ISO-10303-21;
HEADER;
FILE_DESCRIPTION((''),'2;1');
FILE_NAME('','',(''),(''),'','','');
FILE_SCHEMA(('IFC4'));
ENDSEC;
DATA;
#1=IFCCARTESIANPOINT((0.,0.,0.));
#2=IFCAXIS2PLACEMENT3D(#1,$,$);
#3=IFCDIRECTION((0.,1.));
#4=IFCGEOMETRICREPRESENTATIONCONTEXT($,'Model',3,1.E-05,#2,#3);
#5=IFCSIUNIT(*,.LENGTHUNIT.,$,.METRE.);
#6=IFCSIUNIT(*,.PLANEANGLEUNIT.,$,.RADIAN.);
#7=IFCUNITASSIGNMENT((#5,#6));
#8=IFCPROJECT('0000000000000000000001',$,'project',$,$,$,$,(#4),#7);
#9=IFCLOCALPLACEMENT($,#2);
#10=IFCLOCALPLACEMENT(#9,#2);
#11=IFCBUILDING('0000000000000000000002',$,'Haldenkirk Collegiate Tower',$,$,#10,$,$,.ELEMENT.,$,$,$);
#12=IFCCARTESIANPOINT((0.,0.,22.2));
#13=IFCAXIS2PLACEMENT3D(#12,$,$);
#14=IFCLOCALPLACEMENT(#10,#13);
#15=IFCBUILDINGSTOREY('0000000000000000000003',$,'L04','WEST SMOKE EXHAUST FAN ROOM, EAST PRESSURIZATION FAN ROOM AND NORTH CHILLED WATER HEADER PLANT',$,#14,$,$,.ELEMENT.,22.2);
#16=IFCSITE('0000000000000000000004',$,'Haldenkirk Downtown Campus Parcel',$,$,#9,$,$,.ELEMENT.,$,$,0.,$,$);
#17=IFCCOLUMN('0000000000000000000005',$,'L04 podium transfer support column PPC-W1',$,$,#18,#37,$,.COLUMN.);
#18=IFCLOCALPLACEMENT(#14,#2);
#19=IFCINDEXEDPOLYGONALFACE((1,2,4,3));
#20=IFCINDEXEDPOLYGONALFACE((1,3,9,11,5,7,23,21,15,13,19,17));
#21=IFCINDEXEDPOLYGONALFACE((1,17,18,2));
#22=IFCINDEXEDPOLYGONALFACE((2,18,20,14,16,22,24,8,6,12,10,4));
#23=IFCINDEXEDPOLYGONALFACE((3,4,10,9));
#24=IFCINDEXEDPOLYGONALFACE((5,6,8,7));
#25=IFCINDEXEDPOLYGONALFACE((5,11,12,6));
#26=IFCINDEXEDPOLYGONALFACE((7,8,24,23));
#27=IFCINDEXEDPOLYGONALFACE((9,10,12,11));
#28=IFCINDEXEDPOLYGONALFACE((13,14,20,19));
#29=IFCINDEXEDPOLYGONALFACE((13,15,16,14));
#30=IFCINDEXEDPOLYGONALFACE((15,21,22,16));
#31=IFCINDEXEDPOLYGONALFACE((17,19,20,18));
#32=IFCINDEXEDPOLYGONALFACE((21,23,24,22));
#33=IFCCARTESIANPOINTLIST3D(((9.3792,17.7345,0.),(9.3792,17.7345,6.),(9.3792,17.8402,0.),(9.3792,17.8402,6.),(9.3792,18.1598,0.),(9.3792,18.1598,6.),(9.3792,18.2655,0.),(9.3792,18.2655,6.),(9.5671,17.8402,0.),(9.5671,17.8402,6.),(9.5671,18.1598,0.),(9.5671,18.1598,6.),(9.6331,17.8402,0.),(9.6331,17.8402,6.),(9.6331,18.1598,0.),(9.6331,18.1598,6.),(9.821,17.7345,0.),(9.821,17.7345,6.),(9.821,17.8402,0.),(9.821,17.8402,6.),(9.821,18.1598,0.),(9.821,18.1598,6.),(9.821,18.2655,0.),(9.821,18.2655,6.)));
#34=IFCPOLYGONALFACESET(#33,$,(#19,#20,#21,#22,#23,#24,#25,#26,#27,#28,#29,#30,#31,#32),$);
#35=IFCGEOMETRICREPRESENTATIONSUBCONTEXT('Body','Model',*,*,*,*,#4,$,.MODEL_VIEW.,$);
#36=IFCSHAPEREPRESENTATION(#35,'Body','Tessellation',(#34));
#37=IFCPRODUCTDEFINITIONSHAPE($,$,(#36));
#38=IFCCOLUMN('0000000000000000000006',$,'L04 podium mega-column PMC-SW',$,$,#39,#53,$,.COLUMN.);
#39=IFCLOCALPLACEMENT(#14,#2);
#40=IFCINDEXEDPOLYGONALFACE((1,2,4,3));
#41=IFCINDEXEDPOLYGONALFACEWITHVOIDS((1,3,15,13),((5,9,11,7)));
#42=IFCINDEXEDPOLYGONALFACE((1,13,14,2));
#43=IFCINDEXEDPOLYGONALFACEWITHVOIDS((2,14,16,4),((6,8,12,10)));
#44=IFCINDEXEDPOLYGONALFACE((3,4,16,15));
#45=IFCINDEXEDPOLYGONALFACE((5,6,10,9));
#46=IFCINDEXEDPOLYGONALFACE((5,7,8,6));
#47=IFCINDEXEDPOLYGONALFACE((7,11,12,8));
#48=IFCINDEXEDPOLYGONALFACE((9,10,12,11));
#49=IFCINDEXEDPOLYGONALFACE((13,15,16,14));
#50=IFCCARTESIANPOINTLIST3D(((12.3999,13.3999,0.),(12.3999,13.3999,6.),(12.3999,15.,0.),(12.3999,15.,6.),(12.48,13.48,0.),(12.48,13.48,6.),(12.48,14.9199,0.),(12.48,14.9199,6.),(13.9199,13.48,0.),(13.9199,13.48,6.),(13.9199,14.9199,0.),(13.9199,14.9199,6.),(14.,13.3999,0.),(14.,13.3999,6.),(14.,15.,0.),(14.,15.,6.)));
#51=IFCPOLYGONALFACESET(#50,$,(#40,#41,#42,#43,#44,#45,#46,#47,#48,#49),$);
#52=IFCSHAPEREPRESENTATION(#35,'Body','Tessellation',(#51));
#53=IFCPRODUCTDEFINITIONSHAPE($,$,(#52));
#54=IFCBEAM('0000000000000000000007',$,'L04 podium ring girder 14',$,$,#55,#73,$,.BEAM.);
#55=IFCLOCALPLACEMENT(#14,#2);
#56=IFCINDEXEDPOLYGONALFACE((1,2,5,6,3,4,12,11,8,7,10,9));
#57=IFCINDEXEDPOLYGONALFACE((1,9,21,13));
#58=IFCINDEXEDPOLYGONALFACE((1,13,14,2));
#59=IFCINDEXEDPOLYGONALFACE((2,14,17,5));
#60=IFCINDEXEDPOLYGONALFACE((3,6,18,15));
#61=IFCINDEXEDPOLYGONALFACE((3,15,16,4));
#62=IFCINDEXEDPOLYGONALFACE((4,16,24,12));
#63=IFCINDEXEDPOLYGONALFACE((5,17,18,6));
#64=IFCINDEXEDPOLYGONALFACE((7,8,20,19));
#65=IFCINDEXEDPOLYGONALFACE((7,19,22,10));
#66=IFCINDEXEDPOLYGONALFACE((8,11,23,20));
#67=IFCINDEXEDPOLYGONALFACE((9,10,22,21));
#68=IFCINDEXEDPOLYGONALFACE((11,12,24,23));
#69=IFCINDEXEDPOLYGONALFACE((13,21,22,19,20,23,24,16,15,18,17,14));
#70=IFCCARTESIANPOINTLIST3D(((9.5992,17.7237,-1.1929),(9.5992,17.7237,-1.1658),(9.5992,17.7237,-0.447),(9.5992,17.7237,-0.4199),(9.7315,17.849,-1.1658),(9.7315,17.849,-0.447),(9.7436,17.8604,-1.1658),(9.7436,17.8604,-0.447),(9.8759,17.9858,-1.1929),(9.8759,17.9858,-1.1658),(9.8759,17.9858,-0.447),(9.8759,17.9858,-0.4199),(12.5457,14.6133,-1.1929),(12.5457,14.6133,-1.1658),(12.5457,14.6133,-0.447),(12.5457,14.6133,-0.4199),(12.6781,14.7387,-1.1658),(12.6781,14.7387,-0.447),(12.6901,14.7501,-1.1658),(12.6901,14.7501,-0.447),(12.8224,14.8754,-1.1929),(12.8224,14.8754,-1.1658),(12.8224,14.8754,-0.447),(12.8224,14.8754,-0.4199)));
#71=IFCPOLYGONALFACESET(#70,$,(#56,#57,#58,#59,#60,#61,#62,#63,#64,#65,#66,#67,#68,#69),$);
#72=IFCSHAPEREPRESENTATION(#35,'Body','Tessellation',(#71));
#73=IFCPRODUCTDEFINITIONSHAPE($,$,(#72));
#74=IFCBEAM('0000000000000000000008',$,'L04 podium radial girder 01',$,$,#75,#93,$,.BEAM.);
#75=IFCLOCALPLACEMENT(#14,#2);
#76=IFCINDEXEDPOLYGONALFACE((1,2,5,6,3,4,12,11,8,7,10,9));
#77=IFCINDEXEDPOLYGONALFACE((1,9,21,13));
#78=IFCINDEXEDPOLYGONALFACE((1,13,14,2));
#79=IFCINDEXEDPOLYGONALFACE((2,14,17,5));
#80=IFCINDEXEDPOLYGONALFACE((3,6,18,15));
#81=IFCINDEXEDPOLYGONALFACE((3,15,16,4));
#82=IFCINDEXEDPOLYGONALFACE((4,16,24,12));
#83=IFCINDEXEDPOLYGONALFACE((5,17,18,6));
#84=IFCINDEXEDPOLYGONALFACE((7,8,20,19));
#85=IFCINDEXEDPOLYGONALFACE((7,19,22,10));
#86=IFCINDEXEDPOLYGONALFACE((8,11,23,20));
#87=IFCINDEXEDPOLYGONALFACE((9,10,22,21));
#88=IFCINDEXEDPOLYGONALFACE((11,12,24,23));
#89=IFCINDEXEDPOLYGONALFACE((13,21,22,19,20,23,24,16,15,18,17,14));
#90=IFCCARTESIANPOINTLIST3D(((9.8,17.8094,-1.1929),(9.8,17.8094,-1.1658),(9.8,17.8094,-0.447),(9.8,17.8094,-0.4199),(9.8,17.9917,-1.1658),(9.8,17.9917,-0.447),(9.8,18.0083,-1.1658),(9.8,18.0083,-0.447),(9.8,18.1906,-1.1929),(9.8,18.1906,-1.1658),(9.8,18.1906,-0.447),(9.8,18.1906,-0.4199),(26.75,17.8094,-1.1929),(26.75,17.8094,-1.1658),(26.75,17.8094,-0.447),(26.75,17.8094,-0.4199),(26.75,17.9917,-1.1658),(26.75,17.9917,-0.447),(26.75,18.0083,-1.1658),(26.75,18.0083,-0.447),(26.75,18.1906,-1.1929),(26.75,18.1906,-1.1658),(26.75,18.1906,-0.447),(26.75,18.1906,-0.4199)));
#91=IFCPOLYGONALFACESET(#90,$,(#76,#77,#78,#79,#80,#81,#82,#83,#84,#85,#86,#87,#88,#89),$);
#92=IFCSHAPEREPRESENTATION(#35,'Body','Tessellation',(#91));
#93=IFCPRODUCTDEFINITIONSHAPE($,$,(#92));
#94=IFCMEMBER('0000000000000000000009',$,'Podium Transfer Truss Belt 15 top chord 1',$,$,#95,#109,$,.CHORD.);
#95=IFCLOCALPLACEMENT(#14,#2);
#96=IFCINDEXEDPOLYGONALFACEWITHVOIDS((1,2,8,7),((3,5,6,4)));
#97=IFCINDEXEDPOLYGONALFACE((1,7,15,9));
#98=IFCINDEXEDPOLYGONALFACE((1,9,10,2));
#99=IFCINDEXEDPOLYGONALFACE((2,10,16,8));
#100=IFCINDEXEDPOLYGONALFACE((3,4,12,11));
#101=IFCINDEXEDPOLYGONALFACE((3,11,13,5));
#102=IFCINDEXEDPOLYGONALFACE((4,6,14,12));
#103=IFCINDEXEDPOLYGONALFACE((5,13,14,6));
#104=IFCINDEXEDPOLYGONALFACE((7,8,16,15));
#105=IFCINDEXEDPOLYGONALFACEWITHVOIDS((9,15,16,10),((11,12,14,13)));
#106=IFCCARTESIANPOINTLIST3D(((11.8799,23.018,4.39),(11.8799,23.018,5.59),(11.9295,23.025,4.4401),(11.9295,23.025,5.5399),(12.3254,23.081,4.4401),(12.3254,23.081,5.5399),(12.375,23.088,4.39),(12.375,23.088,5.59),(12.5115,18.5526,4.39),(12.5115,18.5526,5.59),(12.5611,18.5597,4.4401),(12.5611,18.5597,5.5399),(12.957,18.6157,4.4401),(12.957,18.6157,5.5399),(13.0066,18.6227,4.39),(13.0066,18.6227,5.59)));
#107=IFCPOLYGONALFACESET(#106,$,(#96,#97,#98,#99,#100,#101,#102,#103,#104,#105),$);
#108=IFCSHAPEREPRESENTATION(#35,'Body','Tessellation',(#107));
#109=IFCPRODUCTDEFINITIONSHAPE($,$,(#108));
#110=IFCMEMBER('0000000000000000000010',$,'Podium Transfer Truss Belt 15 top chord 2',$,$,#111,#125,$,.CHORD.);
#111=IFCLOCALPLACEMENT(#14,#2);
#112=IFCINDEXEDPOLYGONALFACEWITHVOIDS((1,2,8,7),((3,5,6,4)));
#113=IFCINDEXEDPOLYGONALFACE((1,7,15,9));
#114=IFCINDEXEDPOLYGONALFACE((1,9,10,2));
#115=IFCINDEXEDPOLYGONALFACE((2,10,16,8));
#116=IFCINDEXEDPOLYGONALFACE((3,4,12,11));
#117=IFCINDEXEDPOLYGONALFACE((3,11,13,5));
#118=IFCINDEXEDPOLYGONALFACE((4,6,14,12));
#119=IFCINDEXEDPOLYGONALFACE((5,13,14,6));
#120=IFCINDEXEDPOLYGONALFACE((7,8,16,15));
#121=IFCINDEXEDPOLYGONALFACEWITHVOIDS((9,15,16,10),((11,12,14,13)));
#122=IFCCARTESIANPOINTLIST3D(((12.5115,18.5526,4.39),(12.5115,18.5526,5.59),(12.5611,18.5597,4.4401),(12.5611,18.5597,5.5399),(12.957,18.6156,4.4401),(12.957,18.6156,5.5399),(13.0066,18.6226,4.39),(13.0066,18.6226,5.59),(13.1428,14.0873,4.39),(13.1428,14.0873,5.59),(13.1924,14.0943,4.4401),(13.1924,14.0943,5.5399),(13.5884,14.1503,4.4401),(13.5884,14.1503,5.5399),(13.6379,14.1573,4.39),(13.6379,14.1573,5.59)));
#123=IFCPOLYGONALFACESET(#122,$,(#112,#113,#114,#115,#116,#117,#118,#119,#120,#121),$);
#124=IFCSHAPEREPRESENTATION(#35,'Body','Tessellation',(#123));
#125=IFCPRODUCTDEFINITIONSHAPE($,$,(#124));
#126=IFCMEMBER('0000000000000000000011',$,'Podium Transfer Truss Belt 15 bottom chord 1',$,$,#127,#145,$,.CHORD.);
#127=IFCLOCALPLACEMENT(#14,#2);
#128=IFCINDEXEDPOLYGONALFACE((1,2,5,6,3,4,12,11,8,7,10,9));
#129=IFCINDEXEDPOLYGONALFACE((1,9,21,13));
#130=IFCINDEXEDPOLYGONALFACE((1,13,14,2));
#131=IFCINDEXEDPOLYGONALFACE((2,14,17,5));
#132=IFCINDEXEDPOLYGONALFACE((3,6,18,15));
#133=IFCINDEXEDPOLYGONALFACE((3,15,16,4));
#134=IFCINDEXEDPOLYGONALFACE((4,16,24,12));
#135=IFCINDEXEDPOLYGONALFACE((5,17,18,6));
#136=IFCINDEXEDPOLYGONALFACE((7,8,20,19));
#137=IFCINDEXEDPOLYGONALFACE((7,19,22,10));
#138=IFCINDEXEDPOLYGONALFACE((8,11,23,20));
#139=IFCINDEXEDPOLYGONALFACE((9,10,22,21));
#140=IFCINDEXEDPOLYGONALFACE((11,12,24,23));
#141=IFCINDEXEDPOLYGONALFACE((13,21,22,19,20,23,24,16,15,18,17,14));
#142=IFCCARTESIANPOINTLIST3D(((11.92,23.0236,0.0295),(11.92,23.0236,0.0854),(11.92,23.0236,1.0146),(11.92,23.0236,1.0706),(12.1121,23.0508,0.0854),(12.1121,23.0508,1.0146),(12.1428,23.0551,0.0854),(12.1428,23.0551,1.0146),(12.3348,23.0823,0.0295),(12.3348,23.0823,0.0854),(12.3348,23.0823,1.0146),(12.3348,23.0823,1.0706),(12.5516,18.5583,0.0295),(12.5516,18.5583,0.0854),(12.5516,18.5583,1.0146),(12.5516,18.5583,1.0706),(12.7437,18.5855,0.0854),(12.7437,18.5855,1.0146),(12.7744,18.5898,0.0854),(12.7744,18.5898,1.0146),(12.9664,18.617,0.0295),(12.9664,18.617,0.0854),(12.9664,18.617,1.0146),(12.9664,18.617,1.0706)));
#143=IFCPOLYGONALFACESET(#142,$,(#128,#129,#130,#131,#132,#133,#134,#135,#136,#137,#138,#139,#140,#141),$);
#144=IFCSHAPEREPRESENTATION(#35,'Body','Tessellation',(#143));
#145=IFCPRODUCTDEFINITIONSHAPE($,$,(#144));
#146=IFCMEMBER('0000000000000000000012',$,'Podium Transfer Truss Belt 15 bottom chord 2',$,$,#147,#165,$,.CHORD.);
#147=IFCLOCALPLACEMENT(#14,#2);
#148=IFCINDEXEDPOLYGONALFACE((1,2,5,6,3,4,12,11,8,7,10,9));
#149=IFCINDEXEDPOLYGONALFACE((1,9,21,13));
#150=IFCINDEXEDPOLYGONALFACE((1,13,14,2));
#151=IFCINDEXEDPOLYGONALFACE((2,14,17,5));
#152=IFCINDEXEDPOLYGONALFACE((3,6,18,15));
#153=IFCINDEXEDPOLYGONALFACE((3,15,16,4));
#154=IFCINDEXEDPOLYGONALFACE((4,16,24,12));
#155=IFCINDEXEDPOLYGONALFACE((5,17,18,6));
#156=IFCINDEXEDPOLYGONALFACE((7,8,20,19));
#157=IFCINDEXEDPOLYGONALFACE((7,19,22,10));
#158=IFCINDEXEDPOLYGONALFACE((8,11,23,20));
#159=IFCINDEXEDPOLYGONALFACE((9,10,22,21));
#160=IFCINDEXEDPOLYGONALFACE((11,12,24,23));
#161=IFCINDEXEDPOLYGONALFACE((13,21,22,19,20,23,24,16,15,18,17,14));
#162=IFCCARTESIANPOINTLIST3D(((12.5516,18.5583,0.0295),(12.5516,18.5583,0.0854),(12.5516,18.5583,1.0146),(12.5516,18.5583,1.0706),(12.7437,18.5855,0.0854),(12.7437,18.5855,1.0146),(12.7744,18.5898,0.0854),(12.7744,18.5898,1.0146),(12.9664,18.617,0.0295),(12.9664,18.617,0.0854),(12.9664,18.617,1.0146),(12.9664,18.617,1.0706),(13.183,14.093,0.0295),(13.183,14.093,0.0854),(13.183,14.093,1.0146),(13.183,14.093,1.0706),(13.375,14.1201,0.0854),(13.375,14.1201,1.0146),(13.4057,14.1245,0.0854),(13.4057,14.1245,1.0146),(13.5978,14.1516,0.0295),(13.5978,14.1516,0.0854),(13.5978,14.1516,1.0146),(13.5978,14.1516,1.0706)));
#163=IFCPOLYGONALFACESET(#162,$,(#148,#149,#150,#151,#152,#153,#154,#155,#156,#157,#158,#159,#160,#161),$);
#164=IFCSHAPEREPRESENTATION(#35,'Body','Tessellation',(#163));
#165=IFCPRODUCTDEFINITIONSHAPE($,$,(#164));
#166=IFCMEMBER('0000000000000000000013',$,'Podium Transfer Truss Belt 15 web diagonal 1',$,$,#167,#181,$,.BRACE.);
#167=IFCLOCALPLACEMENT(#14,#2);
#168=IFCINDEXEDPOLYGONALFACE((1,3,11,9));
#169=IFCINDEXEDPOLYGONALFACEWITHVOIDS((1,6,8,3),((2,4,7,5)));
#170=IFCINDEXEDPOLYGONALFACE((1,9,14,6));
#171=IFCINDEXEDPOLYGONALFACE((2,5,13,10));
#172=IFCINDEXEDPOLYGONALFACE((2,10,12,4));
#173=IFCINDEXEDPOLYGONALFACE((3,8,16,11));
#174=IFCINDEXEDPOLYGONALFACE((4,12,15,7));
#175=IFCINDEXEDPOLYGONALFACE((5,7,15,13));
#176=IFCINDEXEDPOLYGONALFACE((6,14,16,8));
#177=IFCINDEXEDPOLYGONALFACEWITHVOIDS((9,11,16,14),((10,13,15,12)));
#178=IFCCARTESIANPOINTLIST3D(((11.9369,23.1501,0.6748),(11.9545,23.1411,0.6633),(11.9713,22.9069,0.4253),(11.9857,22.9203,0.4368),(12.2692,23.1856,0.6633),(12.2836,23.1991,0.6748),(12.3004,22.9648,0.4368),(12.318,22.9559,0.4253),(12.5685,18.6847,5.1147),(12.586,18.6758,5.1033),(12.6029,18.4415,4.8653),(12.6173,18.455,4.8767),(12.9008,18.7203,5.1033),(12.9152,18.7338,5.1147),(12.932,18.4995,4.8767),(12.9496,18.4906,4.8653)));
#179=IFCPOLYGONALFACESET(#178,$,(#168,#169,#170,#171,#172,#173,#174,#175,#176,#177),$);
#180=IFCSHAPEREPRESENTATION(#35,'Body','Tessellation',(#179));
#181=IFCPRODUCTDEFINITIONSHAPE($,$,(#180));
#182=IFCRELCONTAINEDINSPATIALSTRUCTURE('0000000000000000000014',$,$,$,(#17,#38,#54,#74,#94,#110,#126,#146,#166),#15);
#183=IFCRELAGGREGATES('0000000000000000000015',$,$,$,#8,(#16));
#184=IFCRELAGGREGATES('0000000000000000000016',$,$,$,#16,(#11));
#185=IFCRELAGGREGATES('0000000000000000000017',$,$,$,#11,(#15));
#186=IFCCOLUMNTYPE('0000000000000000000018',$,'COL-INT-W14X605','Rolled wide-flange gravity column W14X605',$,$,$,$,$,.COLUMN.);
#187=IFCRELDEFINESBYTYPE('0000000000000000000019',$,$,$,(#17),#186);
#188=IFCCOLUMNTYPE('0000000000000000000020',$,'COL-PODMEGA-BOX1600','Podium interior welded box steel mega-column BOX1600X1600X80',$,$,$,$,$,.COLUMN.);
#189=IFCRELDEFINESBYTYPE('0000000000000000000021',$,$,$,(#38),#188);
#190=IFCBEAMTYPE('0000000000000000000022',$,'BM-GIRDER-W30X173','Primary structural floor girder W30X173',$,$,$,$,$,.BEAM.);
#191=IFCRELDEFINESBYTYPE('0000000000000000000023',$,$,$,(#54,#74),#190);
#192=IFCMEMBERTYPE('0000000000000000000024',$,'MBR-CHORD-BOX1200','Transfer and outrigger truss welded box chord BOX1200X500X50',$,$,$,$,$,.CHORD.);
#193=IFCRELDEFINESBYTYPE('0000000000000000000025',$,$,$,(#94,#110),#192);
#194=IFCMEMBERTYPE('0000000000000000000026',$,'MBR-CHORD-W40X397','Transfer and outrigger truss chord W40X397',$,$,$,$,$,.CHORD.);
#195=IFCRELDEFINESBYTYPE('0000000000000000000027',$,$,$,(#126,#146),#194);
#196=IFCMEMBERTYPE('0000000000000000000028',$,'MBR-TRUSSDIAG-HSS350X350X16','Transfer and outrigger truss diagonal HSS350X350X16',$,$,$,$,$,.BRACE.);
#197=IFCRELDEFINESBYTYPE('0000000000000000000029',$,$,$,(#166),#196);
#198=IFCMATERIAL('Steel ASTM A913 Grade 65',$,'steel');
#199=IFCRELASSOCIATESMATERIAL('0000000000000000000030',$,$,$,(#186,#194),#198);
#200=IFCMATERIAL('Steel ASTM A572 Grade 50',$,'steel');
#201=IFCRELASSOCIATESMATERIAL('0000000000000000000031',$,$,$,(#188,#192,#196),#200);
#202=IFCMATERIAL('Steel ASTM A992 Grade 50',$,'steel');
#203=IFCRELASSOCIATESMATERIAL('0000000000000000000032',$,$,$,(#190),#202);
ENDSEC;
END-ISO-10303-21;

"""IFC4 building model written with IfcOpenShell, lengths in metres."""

from ifc_helpers import new_model, si_unit, direction, frame, origin, origin_2d, place, context, subcontext, project, spatial, hollow_rectangle, i_section, extrude, material, material_profile, profile_set, type_object, element, save


model = new_model("IFC4")

# Units and contexts
model_context = context("Model", 3, precision=1e-05, world=origin(), true_north=direction((0.0, 1.0)))
body_context = subcontext(model_context, "Body", "Model", "MODEL_VIEW")
ifc_project = project(units=[si_unit("LENGTHUNIT", "METRE"), si_unit("PLANEANGLEUNIT", "RADIAN")], contexts=[model_context])

# Site, building, storey
site_placement = place(None, origin())
site = spatial("IfcSite", under=ifc_project, at=site_placement, Name="Haldenkirk Downtown Campus Parcel", CompositionType="ELEMENT", RefElevation=0.0)
building_placement = place(site_placement, origin())
building = spatial("IfcBuilding", under=site, at=building_placement, Name="Haldenkirk Collegiate Tower", CompositionType="ELEMENT")
storey_placement = place(building_placement, frame((0.0, 0.0, 22.2)))
storey = spatial("IfcBuildingStorey", under=building, at=storey_placement, Name="L04", Description="WEST SMOKE EXHAUST FAN ROOM, EAST PRESSURIZATION FAN ROOM AND NORTH CHILLED WATER HEADER PLANT", CompositionType="ELEMENT", Elevation=22.2)

# Columns
ifc_material_1 = material(Name="Steel ASTM A913 Grade 65", Category="steel")
ifc_material_profile_1 = material_profile(ifc_material_1, i_section(OverallWidth=0.4419, OverallDepth=0.531, WebThickness=0.0659, FlangeThickness=0.1057, at=origin_2d()), Name="W14X605")
ifc_profile_set_1 = profile_set([ifc_material_profile_1], Name="Steel ASTM A913 Grade 65")
column_type_1 = type_object("IfcColumnType", Name="COL-INT-W14X605", Description="Rolled wide-flange gravity column W14X605", PredefinedType="COLUMN", material=ifc_profile_set_1)
column_1_placement = place(storey_placement, frame((9.6001, 18.0, 0.0), z_axis=(0.0, 0.0, 1.0), x_axis=(1.0, 0.0, 0.0)))
element("IfcColumn", 1, at=column_1_placement, inside=storey, type_object=column_type_1, Name="L04 podium transfer support column PPC-W1", PredefinedType="COLUMN", context=body_context, shape_type="SweptSolid", body=[
    extrude(i_section(OverallWidth=0.4419, OverallDepth=0.531, WebThickness=0.0659, FlangeThickness=0.1057, at=origin_2d()), origin(), (0.0, 0.0, 1.0), 6.0),
])
ifc_material_2 = material(Name="Steel ASTM A572 Grade 50", Category="steel")
ifc_material_profile_2 = material_profile(ifc_material_2, hollow_rectangle(XDim=1.6001, YDim=1.6001, WallThickness=0.0801, at=origin_2d()), Name="BOX1600X1600X80")
ifc_profile_set_2 = profile_set([ifc_material_profile_2], Name="Steel ASTM A572 Grade 50")
column_type_2 = type_object("IfcColumnType", Name="COL-PODMEGA-BOX1600", Description="Podium interior welded box steel mega-column BOX1600X1600X80", PredefinedType="COLUMN", material=ifc_profile_set_2)
column_2_placement = place(storey_placement, frame((13.2, 14.2, 0.0), z_axis=(0.0, 0.0, 1.0), x_axis=(1.0, 0.0, 0.0)))
element("IfcColumn", 2, at=column_2_placement, inside=storey, type_object=column_type_2, Name="L04 podium mega-column PMC-SW", PredefinedType="COLUMN", context=body_context, shape_type="SweptSolid", body=[
    extrude(hollow_rectangle(XDim=1.6001, YDim=1.6001, WallThickness=0.0801, at=origin_2d()), origin(), (0.0, 0.0, 1.0), 6.0),
])

# Beams
ifc_material_3 = material(Name="Steel ASTM A992 Grade 50", Category="steel")
ifc_material_profile_3 = material_profile(ifc_material_3, i_section(OverallWidth=0.3811, OverallDepth=0.7729, WebThickness=0.0166, FlangeThickness=0.0271, at=origin_2d()), Name="W30X173")
ifc_profile_set_3 = profile_set([ifc_material_profile_3], Name="Steel ASTM A992 Grade 50")
beam_type = type_object("IfcBeamType", Name="BM-GIRDER-W30X173", Description="Primary structural floor girder W30X173", PredefinedType="BEAM", material=ifc_profile_set_3)
beam_1_placement = place(storey_placement, frame((9.7375, 17.8547, -0.8064), z_axis=(0.68773, -0.725966, 0.0), x_axis=(0.725966, 0.68773, 0.0)))
element("IfcBeam", 3, at=beam_1_placement, inside=storey, type_object=beam_type, Name="L04 podium ring girder 14", PredefinedType="BEAM", context=body_context, shape_type="SweptSolid", body=[
    extrude(i_section(OverallWidth=0.3811, OverallDepth=0.7729, WebThickness=0.0166, FlangeThickness=0.0271, at=origin_2d()), origin(), (0.0, 0.0, 1.0), 4.2844),
])
beam_2_placement = place(storey_placement, frame((9.8, 18.0, -0.8064), z_axis=(1.0, 0.0, 0.0), x_axis=(0.0, 1.0, 0.0)))
element("IfcBeam", 4, at=beam_2_placement, inside=storey, type_object=beam_type, Name="L04 podium radial girder 01", PredefinedType="BEAM", context=body_context, shape_type="SweptSolid", body=[
    extrude(i_section(OverallWidth=0.3811, OverallDepth=0.7729, WebThickness=0.0166, FlangeThickness=0.0271, at=origin_2d()), origin(), (0.0, 0.0, 1.0), 16.95),
])

# Members
ifc_material_profile_4 = material_profile(ifc_material_2, hollow_rectangle(XDim=0.5, YDim=1.2, WallThickness=0.05, at=origin_2d()), Name="BOX1200X500X50")
ifc_profile_set_4 = profile_set([ifc_material_profile_4], Name="Steel ASTM A572 Grade 50")
member_type_1 = type_object("IfcMemberType", Name="MBR-CHORD-BOX1200", Description="Transfer and outrigger truss welded box chord BOX1200X500X50", PredefinedType="CHORD", material=ifc_profile_set_4)
for number, where, z_axis, x_axis, name in (
    (5, (12.1274, 23.053, 4.99), (0.140049, -0.990145, 0.0), (0.990145, 0.140049, 0.0), "Podium Transfer Truss Belt 15 top chord 1"),
    (6, (12.759, 18.5876, 4.99), (0.139996, -0.990152, 0.0), (0.990152, 0.139996, 0.0), "Podium Transfer Truss Belt 15 top chord 2"),
):
    element("IfcMember", number, at=place(storey_placement, frame(where, z_axis=z_axis, x_axis=x_axis)), inside=storey, type_object=member_type_1, Name=name, PredefinedType="CHORD", context=body_context, shape_type="SweptSolid", body=[
        extrude(hollow_rectangle(XDim=0.5, YDim=1.2, WallThickness=0.05, at=origin_2d()), origin(), (0.0, 0.0, 1.0), 4.5098),
    ])
ifc_material_profile_5 = material_profile(ifc_material_1, i_section(OverallWidth=0.4189, OverallDepth=1.041, WebThickness=0.031, FlangeThickness=0.0559, at=origin_2d()), Name="W40X397")
ifc_profile_set_5 = profile_set([ifc_material_profile_5], Name="Steel ASTM A913 Grade 65")
member_type_2 = type_object("IfcMemberType", Name="MBR-CHORD-W40X397", Description="Transfer and outrigger truss chord W40X397", PredefinedType="CHORD", material=ifc_profile_set_5)
for number, where, z_axis, x_axis, name in (
    (7, (12.1274, 23.053, 0.55), (0.140049, -0.990145, 0.0), (0.990145, 0.140049, 0.0), "Podium Transfer Truss Belt 15 bottom chord 1"),
    (8, (12.759, 18.5876, 0.55), (0.139996, -0.990152, 0.0), (0.990152, 0.139996, 0.0), "Podium Transfer Truss Belt 15 bottom chord 2"),
):
    element("IfcMember", number, at=place(storey_placement, frame(where, z_axis=z_axis, x_axis=x_axis)), inside=storey, type_object=member_type_2, Name=name, PredefinedType="CHORD", context=body_context, shape_type="SweptSolid", body=[
        extrude(i_section(OverallWidth=0.4189, OverallDepth=1.041, WebThickness=0.031, FlangeThickness=0.0559, at=origin_2d()), origin(), (0.0, 0.0, 1.0), 4.5098),
    ])
ifc_material_profile_6 = material_profile(ifc_material_2, hollow_rectangle(XDim=0.3501, YDim=0.3501, WallThickness=0.0161, at=origin_2d()), Name="HSS350X350X16")
ifc_profile_set_6 = profile_set([ifc_material_profile_6], Name="Steel ASTM A572 Grade 50")
member_type_3 = type_object("IfcMemberType", Name="MBR-TRUSSDIAG-HSS350X350X16", Description="Transfer and outrigger truss diagonal HSS350X350X16", PredefinedType="BRACE", material=ifc_profile_set_6)
for number, where, z_axis, x_axis, name in (
    (9, (12.1274, 23.053, 0.55), (0.0998, -0.70558, 0.701568), (0.990145, 0.140049, 0.0), "Podium Transfer Truss Belt 15 web diagonal 1"),
):
    element("IfcMember", number, at=place(storey_placement, frame(where, z_axis=z_axis, x_axis=x_axis)), inside=storey, type_object=member_type_3, Name=name, PredefinedType="BRACE", context=body_context, shape_type="SweptSolid", body=[
        extrude(hollow_rectangle(XDim=0.3501, YDim=0.3501, WallThickness=0.0161, at=origin_2d()), origin(), (0.0, 0.0, 1.0), 6.3286),
    ])

save(model, "model.ifc")
